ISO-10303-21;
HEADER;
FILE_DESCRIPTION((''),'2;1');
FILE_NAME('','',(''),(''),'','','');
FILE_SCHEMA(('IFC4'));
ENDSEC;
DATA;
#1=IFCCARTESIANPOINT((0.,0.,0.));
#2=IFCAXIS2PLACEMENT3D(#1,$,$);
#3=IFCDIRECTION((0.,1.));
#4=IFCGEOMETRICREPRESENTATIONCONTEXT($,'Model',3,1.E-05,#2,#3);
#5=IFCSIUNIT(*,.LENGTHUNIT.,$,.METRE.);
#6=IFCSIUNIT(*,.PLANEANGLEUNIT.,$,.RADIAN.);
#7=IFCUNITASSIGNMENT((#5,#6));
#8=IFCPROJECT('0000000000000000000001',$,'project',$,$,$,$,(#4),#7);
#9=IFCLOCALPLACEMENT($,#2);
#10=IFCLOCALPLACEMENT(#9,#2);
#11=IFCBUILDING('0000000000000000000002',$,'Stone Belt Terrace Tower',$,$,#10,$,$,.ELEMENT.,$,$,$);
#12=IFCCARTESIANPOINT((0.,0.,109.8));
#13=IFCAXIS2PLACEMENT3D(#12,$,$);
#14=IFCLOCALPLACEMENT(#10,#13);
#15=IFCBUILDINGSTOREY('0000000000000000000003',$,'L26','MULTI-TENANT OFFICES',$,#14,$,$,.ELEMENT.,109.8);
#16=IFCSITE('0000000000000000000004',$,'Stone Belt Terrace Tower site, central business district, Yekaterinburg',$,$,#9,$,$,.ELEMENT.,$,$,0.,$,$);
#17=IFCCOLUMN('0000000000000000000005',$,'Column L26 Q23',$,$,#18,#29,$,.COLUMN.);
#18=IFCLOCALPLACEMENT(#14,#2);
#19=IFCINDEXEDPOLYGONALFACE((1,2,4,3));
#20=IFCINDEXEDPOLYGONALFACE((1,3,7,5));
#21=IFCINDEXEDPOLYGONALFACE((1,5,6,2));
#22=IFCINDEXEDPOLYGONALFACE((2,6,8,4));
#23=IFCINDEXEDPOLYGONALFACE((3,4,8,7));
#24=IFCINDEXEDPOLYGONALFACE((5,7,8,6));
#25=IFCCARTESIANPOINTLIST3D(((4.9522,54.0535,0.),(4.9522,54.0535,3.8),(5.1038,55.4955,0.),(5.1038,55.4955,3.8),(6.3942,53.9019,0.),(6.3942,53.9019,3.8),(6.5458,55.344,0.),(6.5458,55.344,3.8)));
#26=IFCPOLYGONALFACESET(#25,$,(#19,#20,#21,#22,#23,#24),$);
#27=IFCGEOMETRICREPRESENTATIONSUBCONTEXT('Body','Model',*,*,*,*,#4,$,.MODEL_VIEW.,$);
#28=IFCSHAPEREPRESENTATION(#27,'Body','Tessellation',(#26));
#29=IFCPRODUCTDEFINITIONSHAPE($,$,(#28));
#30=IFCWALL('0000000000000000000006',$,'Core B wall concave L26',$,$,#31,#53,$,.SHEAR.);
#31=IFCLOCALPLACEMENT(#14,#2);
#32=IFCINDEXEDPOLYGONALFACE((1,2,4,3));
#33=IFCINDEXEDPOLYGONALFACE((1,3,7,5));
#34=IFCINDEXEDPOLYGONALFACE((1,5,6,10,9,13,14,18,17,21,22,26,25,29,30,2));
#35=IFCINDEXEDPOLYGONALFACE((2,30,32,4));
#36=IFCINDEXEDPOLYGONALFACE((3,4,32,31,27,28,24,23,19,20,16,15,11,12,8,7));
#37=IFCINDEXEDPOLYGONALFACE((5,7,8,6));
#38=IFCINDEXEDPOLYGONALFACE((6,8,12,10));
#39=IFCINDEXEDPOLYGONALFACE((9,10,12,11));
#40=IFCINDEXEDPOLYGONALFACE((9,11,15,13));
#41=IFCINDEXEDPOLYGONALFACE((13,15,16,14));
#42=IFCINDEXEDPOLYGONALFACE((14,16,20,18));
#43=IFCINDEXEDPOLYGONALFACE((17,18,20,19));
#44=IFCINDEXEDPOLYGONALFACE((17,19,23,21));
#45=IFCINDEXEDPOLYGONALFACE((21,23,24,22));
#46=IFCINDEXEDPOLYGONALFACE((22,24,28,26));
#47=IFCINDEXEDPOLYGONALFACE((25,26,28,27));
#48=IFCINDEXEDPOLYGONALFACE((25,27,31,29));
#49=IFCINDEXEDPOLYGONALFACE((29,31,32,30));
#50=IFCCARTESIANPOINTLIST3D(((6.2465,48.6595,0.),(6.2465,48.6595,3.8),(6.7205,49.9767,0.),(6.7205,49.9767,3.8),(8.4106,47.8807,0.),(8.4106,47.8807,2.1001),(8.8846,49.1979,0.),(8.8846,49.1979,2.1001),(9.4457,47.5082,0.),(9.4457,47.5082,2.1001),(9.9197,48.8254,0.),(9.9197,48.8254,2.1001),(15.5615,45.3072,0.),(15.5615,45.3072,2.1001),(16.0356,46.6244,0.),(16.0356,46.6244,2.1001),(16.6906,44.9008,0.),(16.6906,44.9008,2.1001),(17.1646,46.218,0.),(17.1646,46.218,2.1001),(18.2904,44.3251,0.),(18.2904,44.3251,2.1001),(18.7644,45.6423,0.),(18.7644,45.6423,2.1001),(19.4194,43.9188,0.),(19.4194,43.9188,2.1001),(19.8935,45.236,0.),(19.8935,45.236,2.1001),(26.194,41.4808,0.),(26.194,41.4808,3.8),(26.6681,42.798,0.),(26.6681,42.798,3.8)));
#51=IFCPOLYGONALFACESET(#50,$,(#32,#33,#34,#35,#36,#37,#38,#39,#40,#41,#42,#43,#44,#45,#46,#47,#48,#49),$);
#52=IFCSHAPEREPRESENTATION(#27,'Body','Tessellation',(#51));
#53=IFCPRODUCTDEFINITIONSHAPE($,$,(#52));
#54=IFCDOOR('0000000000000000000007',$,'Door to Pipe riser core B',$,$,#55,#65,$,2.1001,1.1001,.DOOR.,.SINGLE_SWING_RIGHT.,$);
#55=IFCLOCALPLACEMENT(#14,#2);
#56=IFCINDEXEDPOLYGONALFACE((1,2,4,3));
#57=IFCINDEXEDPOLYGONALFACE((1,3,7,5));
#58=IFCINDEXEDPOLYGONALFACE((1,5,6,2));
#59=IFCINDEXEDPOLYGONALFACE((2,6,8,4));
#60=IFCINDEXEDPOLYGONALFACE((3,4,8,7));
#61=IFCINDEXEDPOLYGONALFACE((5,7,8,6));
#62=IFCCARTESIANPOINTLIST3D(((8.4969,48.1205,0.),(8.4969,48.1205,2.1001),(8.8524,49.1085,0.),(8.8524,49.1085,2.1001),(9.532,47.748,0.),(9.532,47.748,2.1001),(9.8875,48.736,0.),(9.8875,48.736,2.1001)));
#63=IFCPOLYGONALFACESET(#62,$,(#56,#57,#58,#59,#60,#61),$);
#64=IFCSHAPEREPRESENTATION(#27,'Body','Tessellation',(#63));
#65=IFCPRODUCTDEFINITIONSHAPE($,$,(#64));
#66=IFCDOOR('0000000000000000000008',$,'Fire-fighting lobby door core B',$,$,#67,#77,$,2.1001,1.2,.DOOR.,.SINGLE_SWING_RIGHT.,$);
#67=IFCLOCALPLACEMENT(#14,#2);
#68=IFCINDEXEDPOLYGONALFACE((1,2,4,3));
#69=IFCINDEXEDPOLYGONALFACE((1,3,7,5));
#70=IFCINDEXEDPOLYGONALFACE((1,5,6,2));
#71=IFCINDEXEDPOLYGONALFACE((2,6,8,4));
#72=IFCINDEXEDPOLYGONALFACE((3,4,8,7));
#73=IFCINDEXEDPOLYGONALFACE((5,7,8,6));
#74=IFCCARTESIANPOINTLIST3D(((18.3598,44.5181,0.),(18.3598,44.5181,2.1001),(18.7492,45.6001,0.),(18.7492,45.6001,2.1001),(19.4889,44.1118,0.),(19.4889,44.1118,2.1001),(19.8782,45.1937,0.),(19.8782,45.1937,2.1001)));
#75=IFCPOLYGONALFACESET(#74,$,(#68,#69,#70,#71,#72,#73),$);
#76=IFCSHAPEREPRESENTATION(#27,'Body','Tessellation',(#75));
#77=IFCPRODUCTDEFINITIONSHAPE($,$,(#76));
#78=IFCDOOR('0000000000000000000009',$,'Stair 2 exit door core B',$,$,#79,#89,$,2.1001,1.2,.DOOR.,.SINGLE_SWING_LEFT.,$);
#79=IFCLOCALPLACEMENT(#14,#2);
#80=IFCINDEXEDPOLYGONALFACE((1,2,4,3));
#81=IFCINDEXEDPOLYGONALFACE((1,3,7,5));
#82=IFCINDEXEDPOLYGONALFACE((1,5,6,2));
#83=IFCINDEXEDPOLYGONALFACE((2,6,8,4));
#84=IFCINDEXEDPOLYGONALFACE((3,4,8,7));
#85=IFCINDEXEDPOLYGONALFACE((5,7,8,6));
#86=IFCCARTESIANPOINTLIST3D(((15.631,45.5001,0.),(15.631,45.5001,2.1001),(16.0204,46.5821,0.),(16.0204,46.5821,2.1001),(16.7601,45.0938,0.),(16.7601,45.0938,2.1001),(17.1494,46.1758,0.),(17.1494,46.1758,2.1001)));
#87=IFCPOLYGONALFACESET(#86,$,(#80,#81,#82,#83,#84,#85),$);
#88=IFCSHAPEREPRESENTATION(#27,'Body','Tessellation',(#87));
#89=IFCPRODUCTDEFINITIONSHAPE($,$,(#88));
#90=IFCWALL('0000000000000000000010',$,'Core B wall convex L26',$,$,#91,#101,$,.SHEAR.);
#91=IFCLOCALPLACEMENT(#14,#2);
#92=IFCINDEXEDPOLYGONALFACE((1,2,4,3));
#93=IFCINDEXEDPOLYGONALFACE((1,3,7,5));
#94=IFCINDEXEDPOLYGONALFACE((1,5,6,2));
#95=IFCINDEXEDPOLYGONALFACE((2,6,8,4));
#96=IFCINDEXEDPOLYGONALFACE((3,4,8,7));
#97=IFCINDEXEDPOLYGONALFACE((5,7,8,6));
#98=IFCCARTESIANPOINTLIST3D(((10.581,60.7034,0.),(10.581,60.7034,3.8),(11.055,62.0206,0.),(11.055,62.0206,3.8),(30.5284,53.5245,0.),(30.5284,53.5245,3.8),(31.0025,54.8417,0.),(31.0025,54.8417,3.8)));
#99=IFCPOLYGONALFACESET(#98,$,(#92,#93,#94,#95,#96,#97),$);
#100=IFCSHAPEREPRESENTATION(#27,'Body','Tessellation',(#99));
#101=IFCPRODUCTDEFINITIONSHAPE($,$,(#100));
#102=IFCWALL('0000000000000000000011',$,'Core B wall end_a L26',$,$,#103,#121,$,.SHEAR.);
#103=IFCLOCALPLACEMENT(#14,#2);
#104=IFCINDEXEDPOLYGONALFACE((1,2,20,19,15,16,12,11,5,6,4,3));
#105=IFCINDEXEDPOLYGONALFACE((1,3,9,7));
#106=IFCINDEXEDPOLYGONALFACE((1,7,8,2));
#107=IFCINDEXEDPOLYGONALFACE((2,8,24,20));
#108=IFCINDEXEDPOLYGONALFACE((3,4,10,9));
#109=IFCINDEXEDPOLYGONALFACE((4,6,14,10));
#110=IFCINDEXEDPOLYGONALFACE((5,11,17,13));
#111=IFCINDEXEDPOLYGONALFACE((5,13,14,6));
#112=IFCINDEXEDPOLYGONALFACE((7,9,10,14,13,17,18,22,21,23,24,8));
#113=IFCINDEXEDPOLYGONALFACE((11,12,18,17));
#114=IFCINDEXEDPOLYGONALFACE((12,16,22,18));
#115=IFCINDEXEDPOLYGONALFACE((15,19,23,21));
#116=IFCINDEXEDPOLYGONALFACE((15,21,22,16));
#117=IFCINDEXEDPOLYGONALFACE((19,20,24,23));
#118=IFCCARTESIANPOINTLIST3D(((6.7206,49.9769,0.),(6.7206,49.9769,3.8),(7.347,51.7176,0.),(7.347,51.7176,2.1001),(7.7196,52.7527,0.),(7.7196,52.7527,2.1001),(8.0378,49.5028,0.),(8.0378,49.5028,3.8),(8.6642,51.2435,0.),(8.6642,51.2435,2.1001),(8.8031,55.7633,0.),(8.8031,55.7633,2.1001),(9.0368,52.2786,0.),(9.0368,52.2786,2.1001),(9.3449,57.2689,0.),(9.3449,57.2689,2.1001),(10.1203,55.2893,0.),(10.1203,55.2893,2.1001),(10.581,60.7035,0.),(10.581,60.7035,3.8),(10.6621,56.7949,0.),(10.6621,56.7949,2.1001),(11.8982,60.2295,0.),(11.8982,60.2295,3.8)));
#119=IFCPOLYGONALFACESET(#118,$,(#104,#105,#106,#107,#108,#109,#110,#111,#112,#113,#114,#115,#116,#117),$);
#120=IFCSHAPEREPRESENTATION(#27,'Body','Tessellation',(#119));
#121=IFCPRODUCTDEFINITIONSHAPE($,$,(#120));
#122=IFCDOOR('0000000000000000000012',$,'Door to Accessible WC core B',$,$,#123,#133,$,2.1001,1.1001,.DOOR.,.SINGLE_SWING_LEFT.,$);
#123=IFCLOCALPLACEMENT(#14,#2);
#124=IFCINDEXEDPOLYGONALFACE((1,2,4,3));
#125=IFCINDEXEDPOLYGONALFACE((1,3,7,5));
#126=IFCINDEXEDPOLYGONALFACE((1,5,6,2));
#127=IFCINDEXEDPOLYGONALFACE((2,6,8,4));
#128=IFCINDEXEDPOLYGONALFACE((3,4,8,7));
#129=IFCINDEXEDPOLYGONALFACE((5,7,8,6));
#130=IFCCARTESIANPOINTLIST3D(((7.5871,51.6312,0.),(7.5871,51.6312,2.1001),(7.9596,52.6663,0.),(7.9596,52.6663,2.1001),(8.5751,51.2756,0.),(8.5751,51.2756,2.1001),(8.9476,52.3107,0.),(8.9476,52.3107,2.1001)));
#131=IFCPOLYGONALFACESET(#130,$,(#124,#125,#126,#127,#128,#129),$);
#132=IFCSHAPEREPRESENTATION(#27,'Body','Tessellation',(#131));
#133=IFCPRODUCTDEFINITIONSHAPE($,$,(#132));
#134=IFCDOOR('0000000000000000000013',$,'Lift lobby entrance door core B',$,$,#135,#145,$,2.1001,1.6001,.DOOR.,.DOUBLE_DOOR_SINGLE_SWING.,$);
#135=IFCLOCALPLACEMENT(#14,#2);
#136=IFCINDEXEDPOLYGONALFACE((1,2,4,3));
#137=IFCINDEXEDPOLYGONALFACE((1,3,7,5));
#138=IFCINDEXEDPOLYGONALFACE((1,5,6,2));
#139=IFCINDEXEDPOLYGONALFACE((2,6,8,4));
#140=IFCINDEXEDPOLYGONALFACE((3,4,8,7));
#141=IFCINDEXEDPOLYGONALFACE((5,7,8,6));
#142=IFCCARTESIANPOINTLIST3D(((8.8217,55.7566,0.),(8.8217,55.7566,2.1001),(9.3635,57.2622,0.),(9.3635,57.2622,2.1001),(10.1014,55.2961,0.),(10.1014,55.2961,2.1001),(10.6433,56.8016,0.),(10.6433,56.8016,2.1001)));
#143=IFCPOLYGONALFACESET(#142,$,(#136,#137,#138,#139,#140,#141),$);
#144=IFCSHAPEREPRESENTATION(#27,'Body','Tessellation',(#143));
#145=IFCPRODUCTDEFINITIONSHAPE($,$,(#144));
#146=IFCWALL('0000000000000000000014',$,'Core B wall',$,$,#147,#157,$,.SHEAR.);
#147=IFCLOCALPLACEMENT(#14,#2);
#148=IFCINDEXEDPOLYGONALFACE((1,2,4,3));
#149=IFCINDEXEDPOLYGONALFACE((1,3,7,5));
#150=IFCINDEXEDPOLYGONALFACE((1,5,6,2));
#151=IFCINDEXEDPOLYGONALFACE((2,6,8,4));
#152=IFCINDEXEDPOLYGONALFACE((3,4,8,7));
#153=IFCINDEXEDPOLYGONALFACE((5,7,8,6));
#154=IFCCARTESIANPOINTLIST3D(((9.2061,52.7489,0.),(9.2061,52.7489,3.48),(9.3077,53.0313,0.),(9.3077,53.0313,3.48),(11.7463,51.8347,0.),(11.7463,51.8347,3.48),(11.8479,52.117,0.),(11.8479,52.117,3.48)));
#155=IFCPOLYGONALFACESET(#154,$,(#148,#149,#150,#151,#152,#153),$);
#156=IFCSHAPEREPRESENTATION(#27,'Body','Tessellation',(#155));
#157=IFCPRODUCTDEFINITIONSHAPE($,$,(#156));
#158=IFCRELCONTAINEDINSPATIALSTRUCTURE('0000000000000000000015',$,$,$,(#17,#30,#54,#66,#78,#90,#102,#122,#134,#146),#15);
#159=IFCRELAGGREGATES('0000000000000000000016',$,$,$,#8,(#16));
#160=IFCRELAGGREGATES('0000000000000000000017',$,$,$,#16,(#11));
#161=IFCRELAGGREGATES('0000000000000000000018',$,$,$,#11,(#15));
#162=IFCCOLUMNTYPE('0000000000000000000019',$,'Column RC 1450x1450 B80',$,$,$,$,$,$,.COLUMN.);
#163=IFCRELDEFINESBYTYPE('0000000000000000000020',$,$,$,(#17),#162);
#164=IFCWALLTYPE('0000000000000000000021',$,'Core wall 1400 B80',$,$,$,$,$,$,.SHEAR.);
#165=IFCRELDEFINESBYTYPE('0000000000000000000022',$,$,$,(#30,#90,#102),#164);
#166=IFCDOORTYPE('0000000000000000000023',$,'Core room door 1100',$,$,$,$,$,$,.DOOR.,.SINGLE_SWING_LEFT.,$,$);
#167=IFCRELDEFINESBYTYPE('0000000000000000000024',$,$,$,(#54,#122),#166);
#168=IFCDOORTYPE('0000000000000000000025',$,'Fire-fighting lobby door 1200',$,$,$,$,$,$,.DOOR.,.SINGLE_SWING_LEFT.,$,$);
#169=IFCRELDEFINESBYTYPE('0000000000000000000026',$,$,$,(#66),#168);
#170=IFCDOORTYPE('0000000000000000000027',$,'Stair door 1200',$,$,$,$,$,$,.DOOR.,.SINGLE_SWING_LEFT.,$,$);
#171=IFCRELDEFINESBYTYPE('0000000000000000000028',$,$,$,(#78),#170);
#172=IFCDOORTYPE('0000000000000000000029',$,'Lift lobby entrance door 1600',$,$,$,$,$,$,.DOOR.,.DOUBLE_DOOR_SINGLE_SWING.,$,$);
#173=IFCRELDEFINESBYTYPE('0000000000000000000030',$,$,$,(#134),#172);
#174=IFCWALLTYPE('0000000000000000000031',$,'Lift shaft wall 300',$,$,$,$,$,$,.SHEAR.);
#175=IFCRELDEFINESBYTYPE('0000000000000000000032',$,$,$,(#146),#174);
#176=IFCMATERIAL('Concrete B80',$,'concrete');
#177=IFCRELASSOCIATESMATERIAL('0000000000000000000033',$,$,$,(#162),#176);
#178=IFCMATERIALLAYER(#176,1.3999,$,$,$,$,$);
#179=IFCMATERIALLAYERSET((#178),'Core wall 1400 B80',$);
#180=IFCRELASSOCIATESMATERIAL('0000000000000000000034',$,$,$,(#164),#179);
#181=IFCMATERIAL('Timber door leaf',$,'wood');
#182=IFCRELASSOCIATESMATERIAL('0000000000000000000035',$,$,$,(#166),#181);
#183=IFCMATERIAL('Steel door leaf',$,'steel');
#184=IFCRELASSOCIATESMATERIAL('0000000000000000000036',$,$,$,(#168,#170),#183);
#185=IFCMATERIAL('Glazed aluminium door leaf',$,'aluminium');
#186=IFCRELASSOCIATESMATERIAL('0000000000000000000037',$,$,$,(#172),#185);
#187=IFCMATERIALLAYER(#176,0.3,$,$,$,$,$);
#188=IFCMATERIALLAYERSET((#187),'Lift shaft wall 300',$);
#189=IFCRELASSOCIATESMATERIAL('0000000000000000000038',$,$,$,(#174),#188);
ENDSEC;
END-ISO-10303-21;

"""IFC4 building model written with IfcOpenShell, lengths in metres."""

from ifc_helpers import new_model, si_unit, direction, frame, frame_2d, origin, origin_2d, place, context, subcontext, project, spatial, rectangle, extrude, material, layer, layer_set, material_profile, profile_set, type_object, element, fill, save


model = new_model("IFC4")

# Units and contexts
model_context = context("Model", 3, precision=1e-05, world=origin(), true_north=direction((0.0, 1.0)))
body_context = subcontext(model_context, "Body", "Model", "MODEL_VIEW")
ifc_project = project(units=[si_unit("LENGTHUNIT", "METRE"), si_unit("PLANEANGLEUNIT", "RADIAN")], contexts=[model_context])

# Site, building, storey
site_placement = place(None, origin())
site = spatial("IfcSite", under=ifc_project, at=site_placement, Name="Stone Belt Terrace Tower site, central business district, Yekaterinburg", CompositionType="ELEMENT", RefElevation=0.0)
building_placement = place(site_placement, origin())
building = spatial("IfcBuilding", under=site, at=building_placement, Name="Stone Belt Terrace Tower", CompositionType="ELEMENT")
storey_placement = place(building_placement, frame((0.0, 0.0, 109.8)))
storey = spatial("IfcBuildingStorey", under=building, at=storey_placement, Name="L26", Description="MULTI-TENANT OFFICES", CompositionType="ELEMENT", Elevation=109.8)

# Column
ifc_material_1 = material(Name="Concrete B80", Category="concrete")
ifc_material_profile = material_profile(ifc_material_1, rectangle(XDim=1.45, YDim=1.45, at=origin_2d()), Name="RC 1450x1450")
ifc_profile_set = profile_set([ifc_material_profile], Name="Concrete B80")
column_type = type_object("IfcColumnType", Name="Column RC 1450x1450 B80", PredefinedType="COLUMN", material=ifc_profile_set)
column_placement = place(storey_placement, frame((5.749, 54.6987, 0.0), z_axis=(0.0, 0.0, 1.0), x_axis=(0.994522, -0.104528, 0.0)))
element("IfcColumn", 1, at=column_placement, inside=storey, type_object=column_type, Name="Column L26 Q23", PredefinedType="COLUMN", context=body_context, shape_type="SweptSolid", body=[
    extrude(rectangle(XDim=1.45, YDim=1.45, at=origin_2d()), origin(), (0.0, 0.0, 1.0), 3.8),
])

# Wall, openings, doors
ifc_layer_1 = layer(ifc_material_1, 1.3999)
ifc_layer_set_1 = layer_set([ifc_layer_1], Name="Core wall 1400 B80")
wall_type_1 = type_object("IfcWallType", Name="Core wall 1400 B80", PredefinedType="SHEAR", material=ifc_layer_set_1)
wall_1_placement = place(storey_placement, frame((6.4834, 49.3181, 0.0), z_axis=(0.0, 0.0, 1.0), x_axis=(0.940923, -0.33862, 0.0)))
wall_1 = element("IfcWall", 2, at=wall_1_placement, inside=storey, type_object=wall_type_1, Name="Core B wall concave L26", PredefinedType="SHEAR", context=body_context, shape_type="SweptSolid", body=[
    extrude(rectangle(XDim=21.2, YDim=1.3999, at=frame_2d((10.6001, 0.0))), origin(), (0.0, 0.0, 1.0), 3.8),
])
opening_1_placement = place(wall_1_placement, frame((12.8, 0.0, 0.0)))
opening_1 = element("IfcOpeningElement", 3, at=opening_1_placement, cuts=wall_1, PredefinedType="OPENING", context=body_context, shape_type="SweptSolid", body=[
    extrude(rectangle(XDim=1.2, YDim=2.1001, at=frame_2d((0.6001, 1.05))), frame((0.0, 0.71, 0.0), z_axis=(0.0, -1.0, 0.0), x_axis=(1.0, 0.0, 0.0)), (0.0, 0.0, 1.0), 1.4199),
])
opening_2_placement = place(wall_1_placement, frame((9.8999, 0.0, 0.0)))
opening_2 = element("IfcOpeningElement", 4, at=opening_2_placement, cuts=wall_1, PredefinedType="OPENING", context=body_context, shape_type="SweptSolid", body=[
    extrude(rectangle(XDim=1.2, YDim=2.1001, at=frame_2d((0.6001, 1.05))), frame((0.0, 0.71, 0.0), z_axis=(0.0, -1.0, 0.0), x_axis=(1.0, 0.0, 0.0)), (0.0, 0.0, 1.0), 1.4199),
])
opening_3_placement = place(wall_1_placement, frame((2.3, 0.0, 0.0)))
opening_3 = element("IfcOpeningElement", 5, at=opening_3_placement, cuts=wall_1, PredefinedType="OPENING", context=body_context, shape_type="SweptSolid", body=[
    extrude(rectangle(XDim=1.1001, YDim=2.1001, at=frame_2d((0.55, 1.05))), frame((0.0, 0.71, 0.0), z_axis=(0.0, -1.0, 0.0), x_axis=(1.0, 0.0, 0.0)), (0.0, 0.0, 1.0), 1.4199),
])
ifc_material_2 = material(Name="Timber door leaf", Category="wood")
door_type_1 = type_object("IfcDoorType", Name="Core room door 1100", OperationType="SINGLE_SWING_LEFT", PredefinedType="DOOR", material=ifc_material_2)
door_1_placement = place(opening_3_placement, origin())
door_1 = element("IfcDoor", 6, at=door_1_placement, inside=storey, type_object=door_type_1, Name="Door to Pipe riser core B", OperationType="SINGLE_SWING_RIGHT", OverallHeight=2.1001, OverallWidth=1.1001, PredefinedType="DOOR", context=body_context, shape_type="SweptSolid", body=[
    extrude(rectangle(XDim=1.1001, YDim=2.1001, at=frame_2d((0.55, 1.05))), frame((0.0, 0.605, 0.0), z_axis=(0.0, -1.0, 0.0), x_axis=(1.0, 0.0, 0.0)), (0.0, 0.0, 1.0), 1.05),
])
fill(opening_3, door_1)
ifc_material_3 = material(Name="Steel door leaf", Category="steel")
door_type_2 = type_object("IfcDoorType", Name="Fire-fighting lobby door 1200", OperationType="SINGLE_SWING_LEFT", PredefinedType="DOOR", material=ifc_material_3)
door_2_placement = place(opening_1_placement, origin())
door_2 = element("IfcDoor", 7, at=door_2_placement, inside=storey, type_object=door_type_2, Name="Fire-fighting lobby door core B", OperationType="SINGLE_SWING_RIGHT", OverallHeight=2.1001, OverallWidth=1.2, PredefinedType="DOOR", context=body_context, shape_type="SweptSolid", body=[
    extrude(rectangle(XDim=1.2, YDim=2.1001, at=frame_2d((0.6001, 1.05))), frame((0.0, 0.655, 0.0), z_axis=(0.0, -1.0, 0.0), x_axis=(1.0, 0.0, 0.0)), (0.0, 0.0, 1.0), 1.1499),
])
fill(opening_1, door_2)
door_type_3 = type_object("IfcDoorType", Name="Stair door 1200", OperationType="SINGLE_SWING_LEFT", PredefinedType="DOOR", material=ifc_material_3)
door_3_placement = place(opening_2_placement, origin())
door_3 = element("IfcDoor", 8, at=door_3_placement, inside=storey, type_object=door_type_3, Name="Stair 2 exit door core B", OperationType="SINGLE_SWING_LEFT", OverallHeight=2.1001, OverallWidth=1.2, PredefinedType="DOOR", context=body_context, shape_type="SweptSolid", body=[
    extrude(rectangle(XDim=1.2, YDim=2.1001, at=frame_2d((0.6001, 1.05))), frame((0.0, 0.655, 0.0), z_axis=(0.0, -1.0, 0.0), x_axis=(1.0, 0.0, 0.0)), (0.0, 0.0, 1.0), 1.1499),
])
fill(opening_2, door_3)

# Wall
wall_2_placement = place(storey_placement, frame((10.8179, 61.3621, 0.0), z_axis=(0.0, 0.0, 1.0), x_axis=(0.94092, -0.33863, 0.0)))
element("IfcWall", 9, at=wall_2_placement, inside=storey, type_object=wall_type_1, Name="Core B wall convex L26", PredefinedType="SHEAR", context=body_context, shape_type="SweptSolid", body=[
    extrude(rectangle(XDim=21.2, YDim=1.3999, at=frame_2d((10.6001, 0.0))), origin(), (0.0, 0.0, 1.0), 3.8),
])

# Wall, openings, doors
wall_3_placement = place(storey_placement, frame((7.3792, 49.7397, 0.0), z_axis=(0.0, 0.0, 1.0), x_axis=(0.338625, 0.940921, 0.0)))
wall_3 = element("IfcWall", 10, at=wall_3_placement, inside=storey, type_object=wall_type_1, Name="Core B wall end_a L26", PredefinedType="SHEAR", context=body_context, shape_type="SweptSolid", body=[
    extrude(rectangle(XDim=11.4001, YDim=1.3999, at=frame_2d((5.7002, 0.0))), origin(), (0.0, 0.0, 1.0), 3.8),
])
opening_4_placement = place(wall_3_placement, frame((6.1499, 0.0, 0.0)))
opening_4 = element("IfcOpeningElement", 11, at=opening_4_placement, cuts=wall_3, PredefinedType="OPENING", context=body_context, shape_type="SweptSolid", body=[
    extrude(rectangle(XDim=1.6001, YDim=2.1001, at=frame_2d((0.8, 1.05))), frame((0.0, 0.71, 0.0), z_axis=(0.0, -1.0, 0.0), x_axis=(1.0, 0.0, 0.0)), (0.0, 0.0, 1.0), 1.4199),
])
opening_5_placement = place(wall_3_placement, frame((1.8501, 0.0, 0.0)))
opening_5 = element("IfcOpeningElement", 12, at=opening_5_placement, cuts=wall_3, PredefinedType="OPENING", context=body_context, shape_type="SweptSolid", body=[
    extrude(rectangle(XDim=1.1001, YDim=2.1001, at=frame_2d((0.55, 1.05))), frame((0.0, 0.71, 0.0), z_axis=(0.0, -1.0, 0.0), x_axis=(1.0, 0.0, 0.0)), (0.0, 0.0, 1.0), 1.4199),
])
door_4_placement = place(opening_5_placement, origin())
door_4 = element("IfcDoor", 13, at=door_4_placement, inside=storey, type_object=door_type_1, Name="Door to Accessible WC core B", OperationType="SINGLE_SWING_LEFT", OverallHeight=2.1001, OverallWidth=1.1001, PredefinedType="DOOR", context=body_context, shape_type="SweptSolid", body=[
    extrude(rectangle(XDim=1.1001, YDim=2.1001, at=frame_2d((0.55, 1.05))), frame((0.0, 0.4448, 0.0), z_axis=(0.0, -1.0, 0.0), x_axis=(1.0, 0.0, 0.0)), (0.0, 0.0, 1.0), 1.05),
])
fill(opening_5, door_4)
ifc_material_4 = material(Name="Glazed aluminium door leaf", Category="aluminium")
door_type_4 = type_object("IfcDoorType", Name="Lift lobby entrance door 1600", OperationType="DOUBLE_DOOR_SINGLE_SWING", PredefinedType="DOOR", material=ifc_material_4)
door_5_placement = place(opening_4_placement, origin())
door_5 = element("IfcDoor", 14, at=door_5_placement, inside=storey, type_object=door_type_4, Name="Lift lobby entrance door core B", OperationType="DOUBLE_DOOR_SINGLE_SWING", OverallHeight=2.1001, OverallWidth=1.6001, PredefinedType="DOOR", context=body_context, shape_type="SweptSolid", body=[
    extrude(rectangle(XDim=1.6001, YDim=2.1001, at=frame_2d((0.8, 1.05))), frame((0.0, 0.6802, 0.0), z_axis=(0.0, -1.0, 0.0), x_axis=(1.0, 0.0, 0.0)), (0.0, 0.0, 1.0), 1.3601),
])
fill(opening_4, door_5)

# Wall
ifc_layer_2 = layer(ifc_material_1, 0.3)
ifc_layer_set_2 = layer_set([ifc_layer_2], Name="Lift shaft wall 300")
wall_type_2 = type_object("IfcWallType", Name="Lift shaft wall 300", PredefinedType="SHEAR", material=ifc_layer_set_2)
wall_4_placement = place(storey_placement, frame((11.7971, 51.9758, 0.0), z_axis=(0.0, 0.0, 1.0), x_axis=(-0.94091, 0.338655, 0.0)))
element("IfcWall", 15, at=wall_4_placement, inside=storey, type_object=wall_type_2, Name="Core B wall", PredefinedType="SHEAR", context=body_context, shape_type="SweptSolid", body=[
    extrude(rectangle(XDim=2.6997, YDim=0.3, at=frame_2d((1.3499, 0.0))), origin(), (0.0, 0.0, 1.0), 3.48),
])

save(model, "model.ifc")
